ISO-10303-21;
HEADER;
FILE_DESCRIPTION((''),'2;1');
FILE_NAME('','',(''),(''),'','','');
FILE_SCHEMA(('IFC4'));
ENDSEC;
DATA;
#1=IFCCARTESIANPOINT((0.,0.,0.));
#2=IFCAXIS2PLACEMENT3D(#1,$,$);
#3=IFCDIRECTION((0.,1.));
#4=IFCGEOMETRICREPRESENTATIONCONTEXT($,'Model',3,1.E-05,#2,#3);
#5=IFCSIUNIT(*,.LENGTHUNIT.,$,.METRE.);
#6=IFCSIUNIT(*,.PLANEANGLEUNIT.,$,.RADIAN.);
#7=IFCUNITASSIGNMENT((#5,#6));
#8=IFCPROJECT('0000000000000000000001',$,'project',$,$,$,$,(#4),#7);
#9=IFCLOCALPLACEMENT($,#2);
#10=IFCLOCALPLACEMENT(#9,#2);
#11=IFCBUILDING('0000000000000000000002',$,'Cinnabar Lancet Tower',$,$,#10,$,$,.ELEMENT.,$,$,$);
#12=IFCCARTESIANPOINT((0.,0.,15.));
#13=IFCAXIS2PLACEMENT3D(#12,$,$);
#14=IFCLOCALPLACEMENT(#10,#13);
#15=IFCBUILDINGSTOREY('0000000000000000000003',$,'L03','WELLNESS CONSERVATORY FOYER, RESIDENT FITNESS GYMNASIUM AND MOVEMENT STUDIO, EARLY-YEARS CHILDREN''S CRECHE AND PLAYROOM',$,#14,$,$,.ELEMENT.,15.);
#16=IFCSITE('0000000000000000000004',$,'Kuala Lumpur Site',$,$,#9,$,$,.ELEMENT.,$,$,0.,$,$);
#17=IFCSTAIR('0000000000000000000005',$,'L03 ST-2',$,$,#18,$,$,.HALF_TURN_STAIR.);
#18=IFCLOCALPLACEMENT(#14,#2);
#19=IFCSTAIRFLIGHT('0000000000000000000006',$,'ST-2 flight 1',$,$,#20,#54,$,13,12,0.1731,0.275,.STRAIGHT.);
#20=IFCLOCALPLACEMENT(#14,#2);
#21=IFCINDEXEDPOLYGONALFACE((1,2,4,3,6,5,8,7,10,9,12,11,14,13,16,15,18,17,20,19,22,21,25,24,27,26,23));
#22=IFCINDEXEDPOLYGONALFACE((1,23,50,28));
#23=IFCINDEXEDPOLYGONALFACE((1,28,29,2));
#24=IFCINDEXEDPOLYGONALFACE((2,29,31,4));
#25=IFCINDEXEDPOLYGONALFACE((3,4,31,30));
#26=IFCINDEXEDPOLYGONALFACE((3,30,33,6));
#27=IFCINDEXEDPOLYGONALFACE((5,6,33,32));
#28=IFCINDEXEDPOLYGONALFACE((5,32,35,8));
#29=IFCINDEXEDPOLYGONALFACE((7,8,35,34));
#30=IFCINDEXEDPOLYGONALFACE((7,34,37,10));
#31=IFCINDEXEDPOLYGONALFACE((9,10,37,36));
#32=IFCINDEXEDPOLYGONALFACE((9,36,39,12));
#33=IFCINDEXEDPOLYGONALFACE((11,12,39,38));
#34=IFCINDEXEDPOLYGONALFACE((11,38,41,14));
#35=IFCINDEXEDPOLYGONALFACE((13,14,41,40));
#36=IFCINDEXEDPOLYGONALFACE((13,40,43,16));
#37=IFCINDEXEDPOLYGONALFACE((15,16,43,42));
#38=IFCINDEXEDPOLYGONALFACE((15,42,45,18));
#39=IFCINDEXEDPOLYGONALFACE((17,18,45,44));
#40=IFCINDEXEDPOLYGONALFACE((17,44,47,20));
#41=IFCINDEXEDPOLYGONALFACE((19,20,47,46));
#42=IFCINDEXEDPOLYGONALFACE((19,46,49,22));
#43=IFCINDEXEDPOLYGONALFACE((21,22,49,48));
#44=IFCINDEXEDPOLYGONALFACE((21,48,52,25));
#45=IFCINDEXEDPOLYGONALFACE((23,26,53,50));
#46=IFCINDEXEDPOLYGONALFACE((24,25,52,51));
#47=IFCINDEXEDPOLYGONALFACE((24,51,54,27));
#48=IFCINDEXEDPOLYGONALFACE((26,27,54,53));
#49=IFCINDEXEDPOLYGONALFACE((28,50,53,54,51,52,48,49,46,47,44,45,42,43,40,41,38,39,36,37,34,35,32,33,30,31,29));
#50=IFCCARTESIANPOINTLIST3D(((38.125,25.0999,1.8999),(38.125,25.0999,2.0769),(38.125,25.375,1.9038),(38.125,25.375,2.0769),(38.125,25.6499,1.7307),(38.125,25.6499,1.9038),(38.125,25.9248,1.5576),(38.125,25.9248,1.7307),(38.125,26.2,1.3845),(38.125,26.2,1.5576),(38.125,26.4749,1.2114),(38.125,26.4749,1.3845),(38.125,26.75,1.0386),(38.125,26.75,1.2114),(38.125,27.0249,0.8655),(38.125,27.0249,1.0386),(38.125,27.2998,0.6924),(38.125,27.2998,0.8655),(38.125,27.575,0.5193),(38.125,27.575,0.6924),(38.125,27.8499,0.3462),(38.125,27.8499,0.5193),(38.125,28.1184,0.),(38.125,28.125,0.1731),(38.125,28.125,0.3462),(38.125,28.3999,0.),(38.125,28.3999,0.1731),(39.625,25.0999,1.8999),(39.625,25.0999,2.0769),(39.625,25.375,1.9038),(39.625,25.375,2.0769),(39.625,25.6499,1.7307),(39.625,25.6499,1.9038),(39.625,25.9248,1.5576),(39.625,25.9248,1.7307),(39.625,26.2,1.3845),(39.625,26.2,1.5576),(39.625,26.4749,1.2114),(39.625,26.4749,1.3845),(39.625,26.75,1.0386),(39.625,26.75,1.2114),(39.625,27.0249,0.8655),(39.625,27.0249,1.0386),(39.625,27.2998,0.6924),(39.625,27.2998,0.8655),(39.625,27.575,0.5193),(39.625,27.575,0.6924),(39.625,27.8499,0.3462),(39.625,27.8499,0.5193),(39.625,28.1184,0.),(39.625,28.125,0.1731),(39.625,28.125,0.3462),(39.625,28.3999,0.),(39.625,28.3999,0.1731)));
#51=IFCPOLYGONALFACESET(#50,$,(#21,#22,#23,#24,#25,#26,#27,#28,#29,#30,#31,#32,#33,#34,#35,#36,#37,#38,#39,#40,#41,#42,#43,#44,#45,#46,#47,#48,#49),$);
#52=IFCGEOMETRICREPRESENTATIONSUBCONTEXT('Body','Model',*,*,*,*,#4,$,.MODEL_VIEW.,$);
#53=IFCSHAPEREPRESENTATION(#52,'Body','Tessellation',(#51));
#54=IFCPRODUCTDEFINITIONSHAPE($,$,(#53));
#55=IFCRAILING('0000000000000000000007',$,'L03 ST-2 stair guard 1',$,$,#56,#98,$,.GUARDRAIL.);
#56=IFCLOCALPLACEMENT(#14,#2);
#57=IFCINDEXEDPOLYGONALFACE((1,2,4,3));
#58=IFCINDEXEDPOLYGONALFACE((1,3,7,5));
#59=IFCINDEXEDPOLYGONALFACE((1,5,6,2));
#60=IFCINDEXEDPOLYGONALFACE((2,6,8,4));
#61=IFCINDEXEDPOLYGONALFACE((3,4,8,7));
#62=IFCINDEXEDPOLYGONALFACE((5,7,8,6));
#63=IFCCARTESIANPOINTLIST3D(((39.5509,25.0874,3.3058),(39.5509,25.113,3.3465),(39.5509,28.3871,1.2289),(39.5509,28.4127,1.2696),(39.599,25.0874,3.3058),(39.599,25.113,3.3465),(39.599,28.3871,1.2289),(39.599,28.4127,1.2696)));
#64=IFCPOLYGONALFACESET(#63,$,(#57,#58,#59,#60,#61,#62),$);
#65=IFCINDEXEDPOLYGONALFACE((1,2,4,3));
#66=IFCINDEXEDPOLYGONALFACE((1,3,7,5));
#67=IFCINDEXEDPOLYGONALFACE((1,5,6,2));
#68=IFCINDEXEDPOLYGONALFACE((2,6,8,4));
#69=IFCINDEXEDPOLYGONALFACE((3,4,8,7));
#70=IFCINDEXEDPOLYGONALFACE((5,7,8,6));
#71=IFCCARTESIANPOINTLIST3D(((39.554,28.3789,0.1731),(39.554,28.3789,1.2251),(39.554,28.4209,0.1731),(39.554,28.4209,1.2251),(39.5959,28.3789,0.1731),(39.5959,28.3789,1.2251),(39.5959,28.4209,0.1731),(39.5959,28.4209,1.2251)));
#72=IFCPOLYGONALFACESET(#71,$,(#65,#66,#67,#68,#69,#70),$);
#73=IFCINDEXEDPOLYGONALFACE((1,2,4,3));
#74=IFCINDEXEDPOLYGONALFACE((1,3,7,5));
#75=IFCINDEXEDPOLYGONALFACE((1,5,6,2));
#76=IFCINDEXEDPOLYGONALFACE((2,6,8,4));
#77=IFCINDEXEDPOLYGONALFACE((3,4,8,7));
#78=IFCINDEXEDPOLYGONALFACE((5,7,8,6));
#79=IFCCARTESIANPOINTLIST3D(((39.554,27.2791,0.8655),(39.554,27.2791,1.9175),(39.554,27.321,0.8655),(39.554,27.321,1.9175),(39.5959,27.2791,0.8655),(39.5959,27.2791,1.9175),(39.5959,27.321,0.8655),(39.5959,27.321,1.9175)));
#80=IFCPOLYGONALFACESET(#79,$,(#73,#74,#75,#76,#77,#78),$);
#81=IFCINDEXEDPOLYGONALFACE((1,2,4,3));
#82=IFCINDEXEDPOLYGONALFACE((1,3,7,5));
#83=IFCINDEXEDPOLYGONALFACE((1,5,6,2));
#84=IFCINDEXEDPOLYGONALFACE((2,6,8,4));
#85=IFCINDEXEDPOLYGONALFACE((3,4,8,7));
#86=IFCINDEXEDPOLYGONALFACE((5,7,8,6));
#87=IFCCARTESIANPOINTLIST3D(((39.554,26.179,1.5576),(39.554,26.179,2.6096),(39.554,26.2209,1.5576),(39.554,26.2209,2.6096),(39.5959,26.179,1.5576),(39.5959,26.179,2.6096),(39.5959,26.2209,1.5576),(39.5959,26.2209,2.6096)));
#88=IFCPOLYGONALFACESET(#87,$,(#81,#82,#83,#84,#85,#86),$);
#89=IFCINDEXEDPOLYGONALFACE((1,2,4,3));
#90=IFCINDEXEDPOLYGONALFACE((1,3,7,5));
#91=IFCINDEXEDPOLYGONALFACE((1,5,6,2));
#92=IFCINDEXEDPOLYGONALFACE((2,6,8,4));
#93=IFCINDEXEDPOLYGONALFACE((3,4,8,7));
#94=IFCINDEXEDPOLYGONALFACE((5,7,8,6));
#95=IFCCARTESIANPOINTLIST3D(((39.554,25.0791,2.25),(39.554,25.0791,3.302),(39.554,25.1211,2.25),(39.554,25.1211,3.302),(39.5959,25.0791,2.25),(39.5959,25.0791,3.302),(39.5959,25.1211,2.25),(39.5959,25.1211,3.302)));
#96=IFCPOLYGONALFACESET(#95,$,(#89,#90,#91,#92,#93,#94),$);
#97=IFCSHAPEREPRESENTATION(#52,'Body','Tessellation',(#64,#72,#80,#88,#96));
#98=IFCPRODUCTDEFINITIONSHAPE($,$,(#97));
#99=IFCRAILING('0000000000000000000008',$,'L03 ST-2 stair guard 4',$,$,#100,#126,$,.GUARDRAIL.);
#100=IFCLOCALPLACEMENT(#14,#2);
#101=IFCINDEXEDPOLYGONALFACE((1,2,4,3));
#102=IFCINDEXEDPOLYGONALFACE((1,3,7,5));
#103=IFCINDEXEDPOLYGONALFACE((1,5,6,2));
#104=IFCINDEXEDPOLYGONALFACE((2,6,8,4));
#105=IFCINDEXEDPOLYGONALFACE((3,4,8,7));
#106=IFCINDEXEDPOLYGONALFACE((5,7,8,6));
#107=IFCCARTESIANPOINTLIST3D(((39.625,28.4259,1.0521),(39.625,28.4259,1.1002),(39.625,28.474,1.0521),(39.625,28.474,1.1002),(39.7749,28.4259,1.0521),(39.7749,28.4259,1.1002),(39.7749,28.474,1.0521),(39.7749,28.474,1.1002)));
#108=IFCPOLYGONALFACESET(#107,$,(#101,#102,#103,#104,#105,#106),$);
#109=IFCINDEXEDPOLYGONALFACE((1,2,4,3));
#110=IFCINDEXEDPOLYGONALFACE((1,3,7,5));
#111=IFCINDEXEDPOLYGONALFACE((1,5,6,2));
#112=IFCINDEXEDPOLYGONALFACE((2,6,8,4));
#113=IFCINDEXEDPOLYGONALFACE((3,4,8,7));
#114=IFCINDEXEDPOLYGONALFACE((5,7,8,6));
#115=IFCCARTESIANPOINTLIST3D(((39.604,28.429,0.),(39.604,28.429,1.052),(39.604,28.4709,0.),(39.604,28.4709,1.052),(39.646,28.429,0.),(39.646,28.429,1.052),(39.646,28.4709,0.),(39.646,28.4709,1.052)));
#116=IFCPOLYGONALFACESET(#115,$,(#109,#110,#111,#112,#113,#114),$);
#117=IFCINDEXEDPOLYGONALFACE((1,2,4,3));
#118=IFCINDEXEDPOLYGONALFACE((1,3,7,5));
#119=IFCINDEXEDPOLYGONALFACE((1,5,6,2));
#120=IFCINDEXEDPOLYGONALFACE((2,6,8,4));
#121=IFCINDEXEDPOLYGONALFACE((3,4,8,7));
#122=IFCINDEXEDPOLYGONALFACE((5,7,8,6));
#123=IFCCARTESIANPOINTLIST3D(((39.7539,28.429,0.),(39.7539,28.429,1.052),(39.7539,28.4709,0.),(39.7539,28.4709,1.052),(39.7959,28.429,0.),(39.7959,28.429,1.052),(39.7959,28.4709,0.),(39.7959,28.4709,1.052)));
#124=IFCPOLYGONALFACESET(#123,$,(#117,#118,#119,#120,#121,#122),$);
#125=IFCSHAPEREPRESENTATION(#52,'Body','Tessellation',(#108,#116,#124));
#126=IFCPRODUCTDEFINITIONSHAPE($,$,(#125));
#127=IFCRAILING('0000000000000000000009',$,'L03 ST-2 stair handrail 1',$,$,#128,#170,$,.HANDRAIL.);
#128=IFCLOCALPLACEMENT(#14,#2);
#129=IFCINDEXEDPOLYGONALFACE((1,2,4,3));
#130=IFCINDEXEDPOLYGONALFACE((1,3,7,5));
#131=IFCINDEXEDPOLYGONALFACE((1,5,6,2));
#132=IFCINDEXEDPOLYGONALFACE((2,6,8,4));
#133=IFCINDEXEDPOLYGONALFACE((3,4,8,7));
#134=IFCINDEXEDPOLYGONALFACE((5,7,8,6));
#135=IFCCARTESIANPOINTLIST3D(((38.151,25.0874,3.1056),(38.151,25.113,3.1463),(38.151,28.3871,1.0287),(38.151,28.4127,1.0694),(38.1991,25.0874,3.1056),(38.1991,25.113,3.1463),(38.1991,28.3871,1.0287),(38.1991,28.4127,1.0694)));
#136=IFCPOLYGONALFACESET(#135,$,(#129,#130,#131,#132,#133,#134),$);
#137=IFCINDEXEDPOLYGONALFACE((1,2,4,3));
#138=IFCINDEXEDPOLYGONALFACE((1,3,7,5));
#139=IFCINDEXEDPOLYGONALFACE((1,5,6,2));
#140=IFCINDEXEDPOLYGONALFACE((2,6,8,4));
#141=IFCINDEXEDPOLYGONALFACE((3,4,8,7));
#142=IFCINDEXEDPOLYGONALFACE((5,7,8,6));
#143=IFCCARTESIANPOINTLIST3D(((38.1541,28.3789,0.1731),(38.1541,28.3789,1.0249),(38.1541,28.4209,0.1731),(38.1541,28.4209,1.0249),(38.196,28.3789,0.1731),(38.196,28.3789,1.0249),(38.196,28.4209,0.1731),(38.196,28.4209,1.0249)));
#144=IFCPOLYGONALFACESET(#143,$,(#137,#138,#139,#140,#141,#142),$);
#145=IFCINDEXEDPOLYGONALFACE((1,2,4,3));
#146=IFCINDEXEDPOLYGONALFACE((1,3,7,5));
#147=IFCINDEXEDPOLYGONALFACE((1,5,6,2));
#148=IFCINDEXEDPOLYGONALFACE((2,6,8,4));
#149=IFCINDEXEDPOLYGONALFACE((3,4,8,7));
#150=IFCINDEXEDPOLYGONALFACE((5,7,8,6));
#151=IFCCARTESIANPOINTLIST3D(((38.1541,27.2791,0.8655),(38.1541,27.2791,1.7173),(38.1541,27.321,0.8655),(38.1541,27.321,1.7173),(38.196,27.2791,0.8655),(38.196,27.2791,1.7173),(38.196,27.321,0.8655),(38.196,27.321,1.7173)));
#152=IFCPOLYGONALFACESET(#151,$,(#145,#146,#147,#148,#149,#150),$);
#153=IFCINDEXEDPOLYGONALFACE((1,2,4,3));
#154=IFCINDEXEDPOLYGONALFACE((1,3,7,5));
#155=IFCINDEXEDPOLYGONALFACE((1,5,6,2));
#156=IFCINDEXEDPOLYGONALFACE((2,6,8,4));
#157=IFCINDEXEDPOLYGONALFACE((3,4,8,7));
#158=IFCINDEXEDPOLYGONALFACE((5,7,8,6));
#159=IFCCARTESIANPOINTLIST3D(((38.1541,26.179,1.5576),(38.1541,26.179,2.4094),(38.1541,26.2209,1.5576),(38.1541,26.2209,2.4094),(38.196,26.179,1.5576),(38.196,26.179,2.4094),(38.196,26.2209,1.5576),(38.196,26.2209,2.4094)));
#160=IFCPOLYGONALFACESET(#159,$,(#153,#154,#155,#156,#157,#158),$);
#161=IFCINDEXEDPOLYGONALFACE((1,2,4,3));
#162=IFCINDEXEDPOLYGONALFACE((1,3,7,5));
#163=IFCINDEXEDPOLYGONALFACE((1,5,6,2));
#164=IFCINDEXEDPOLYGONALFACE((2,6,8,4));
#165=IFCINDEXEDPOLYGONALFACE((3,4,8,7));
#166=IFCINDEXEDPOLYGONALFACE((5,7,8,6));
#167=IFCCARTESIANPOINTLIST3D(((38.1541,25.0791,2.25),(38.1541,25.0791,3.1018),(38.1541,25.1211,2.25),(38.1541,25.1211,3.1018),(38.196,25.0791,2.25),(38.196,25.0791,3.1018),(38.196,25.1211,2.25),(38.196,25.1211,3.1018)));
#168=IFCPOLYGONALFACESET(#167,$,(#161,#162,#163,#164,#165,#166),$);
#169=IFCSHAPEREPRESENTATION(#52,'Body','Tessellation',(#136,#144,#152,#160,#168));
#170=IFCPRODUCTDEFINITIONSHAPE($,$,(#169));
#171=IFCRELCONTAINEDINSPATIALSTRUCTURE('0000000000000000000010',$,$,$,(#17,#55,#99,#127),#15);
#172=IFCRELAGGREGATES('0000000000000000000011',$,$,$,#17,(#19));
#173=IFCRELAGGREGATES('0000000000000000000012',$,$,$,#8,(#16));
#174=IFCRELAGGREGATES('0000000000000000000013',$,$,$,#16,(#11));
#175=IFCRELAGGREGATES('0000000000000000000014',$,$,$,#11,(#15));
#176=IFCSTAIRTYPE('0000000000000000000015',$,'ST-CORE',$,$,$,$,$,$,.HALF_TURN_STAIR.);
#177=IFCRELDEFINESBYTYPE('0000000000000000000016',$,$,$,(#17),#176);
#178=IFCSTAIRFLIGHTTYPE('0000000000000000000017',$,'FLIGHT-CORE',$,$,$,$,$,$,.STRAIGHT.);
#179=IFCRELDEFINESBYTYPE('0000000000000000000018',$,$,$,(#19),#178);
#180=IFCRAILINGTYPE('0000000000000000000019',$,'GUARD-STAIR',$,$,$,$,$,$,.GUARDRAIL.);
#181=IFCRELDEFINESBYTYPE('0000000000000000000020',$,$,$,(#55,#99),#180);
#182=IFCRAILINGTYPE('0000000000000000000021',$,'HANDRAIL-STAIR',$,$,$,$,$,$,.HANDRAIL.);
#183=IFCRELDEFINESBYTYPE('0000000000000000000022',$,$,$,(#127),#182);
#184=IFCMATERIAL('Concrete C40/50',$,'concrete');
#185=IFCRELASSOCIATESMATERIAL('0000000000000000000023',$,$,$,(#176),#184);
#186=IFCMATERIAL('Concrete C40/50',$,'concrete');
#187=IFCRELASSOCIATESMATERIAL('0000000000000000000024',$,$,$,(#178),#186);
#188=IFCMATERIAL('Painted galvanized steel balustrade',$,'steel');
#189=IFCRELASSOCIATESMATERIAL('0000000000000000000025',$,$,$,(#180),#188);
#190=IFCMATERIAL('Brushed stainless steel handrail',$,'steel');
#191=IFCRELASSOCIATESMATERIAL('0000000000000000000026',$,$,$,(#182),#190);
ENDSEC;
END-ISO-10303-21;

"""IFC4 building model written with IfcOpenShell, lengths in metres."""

from ifc_helpers import new_model, si_unit, direction, frame, origin, origin_2d, place, context, subcontext, project, spatial, polyline, rectangle, outline, extrude, material, type_object, element, aggregate, save


model = new_model("IFC4")

# Units and contexts
model_context = context("Model", 3, precision=1e-05, world=origin(), true_north=direction((0.0, 1.0)))
body_context = subcontext(model_context, "Body", "Model", "MODEL_VIEW")
ifc_project = project(units=[si_unit("LENGTHUNIT", "METRE"), si_unit("PLANEANGLEUNIT", "RADIAN")], contexts=[model_context])

# Site, building, storey
site_placement = place(None, origin())
site = spatial("IfcSite", under=ifc_project, at=site_placement, Name="Kuala Lumpur Site", CompositionType="ELEMENT", RefElevation=0.0)
building_placement = place(site_placement, origin())
building = spatial("IfcBuilding", under=site, at=building_placement, Name="Cinnabar Lancet Tower", CompositionType="ELEMENT")
storey_placement = place(building_placement, frame((0.0, 0.0, 15.0)))
storey = spatial("IfcBuildingStorey", under=building, at=storey_placement, Name="L03", Description="WELLNESS CONSERVATORY FOYER, RESIDENT FITNESS GYMNASIUM AND MOVEMENT STUDIO, EARLY-YEARS CHILDREN'S CRECHE AND PLAYROOM", CompositionType="ELEMENT", Elevation=15.0)

# Stair, stair flight
ifc_material_1 = material(Name="Concrete C40/50", Category="concrete")
stair_type = type_object("IfcStairType", Name="ST-CORE", PredefinedType="HALF_TURN_STAIR", material=ifc_material_1)
stair_placement = place(storey_placement, origin())
stair = element("IfcStair", 1, at=stair_placement, inside=storey, type_object=stair_type, Name="L03 ST-2", PredefinedType="HALF_TURN_STAIR")
ifc_material_2 = material(Name="Concrete C40/50", Category="concrete")
stair_flight_type = type_object("IfcStairFlightType", Name="FLIGHT-CORE", PredefinedType="STRAIGHT", material=ifc_material_2)
stair_flight_placement = place(storey_placement, frame((38.875, 28.3999, 0.0), z_axis=(0.0, 0.0, 1.0), x_axis=(0.0, -1.0, 0.0)))
stair_flight = element("IfcStairFlight", 2, at=stair_flight_placement, type_object=stair_flight_type, Name="ST-2 flight 1", NumberOfRisers=13, NumberOfTreads=12, PredefinedType="STRAIGHT", RiserHeight=0.1731, TreadLength=0.275, context=body_context, shape_type="SweptSolid", body=[
    extrude(outline(polyline([(0.0, 0.0), (0.0, 0.1731), (0.2749, 0.1731), (0.2749, 0.3462), (0.55, 0.3462), (0.55, 0.5193), (0.825, 0.5193), (0.825, 0.6924), (1.1001, 0.6924), (1.1001, 0.8655), (1.375, 0.8655), (1.375, 1.0386), (1.6499, 1.0386), (1.6499, 1.2114), (1.925, 1.2114), (1.925, 1.3845), (2.2, 1.3845), (2.2, 1.5576), (2.4751, 1.5576), (2.4751, 1.7307), (2.75, 1.7307), (2.75, 1.9038), (3.0249, 1.9038), (3.0249, 2.0769), (3.3, 2.0769), (3.3, 2.25), (3.3, 1.8999), (0.2815, 0.0), (0.0, 0.0)])), frame((0.0, 0.75, 0.0), z_axis=(0.0, -1.0, 0.0), x_axis=(1.0, 0.0, 0.0)), (0.0, 0.0, 1.0), 1.5),
])
aggregate(stair, [stair_flight])

# Railings
ifc_material_3 = material(Name="Painted galvanized steel balustrade", Category="steel")
railing_type_1 = type_object("IfcRailingType", Name="GUARD-STAIR", PredefinedType="GUARDRAIL", material=ifc_material_3)
railing_1_placement = place(storey_placement, frame((39.575, 28.3999, 0.1731)))
element("IfcRailing", 3, at=railing_1_placement, inside=storey, type_object=railing_type_1, Name="L03 ST-2 stair guard 1", PredefinedType="GUARDRAIL", context=body_context, shape_type="SweptSolid", body=[
    extrude(rectangle(XDim=0.0481, YDim=0.0481, at=origin_2d()), frame((0.0, 0.0, 1.0762), z_axis=(0.0, -0.84632, 0.532675), x_axis=(1.0, 0.0, 0.0)), (0.0, 0.0, 1.0), 3.8989),
    extrude(rectangle(XDim=0.042, YDim=0.042, at=origin_2d()), origin(), (0.0, 0.0, 1.0), 1.052),
    extrude(rectangle(XDim=0.042, YDim=0.042, at=origin_2d()), frame((0.0, -1.0999, 0.6924)), (0.0, 0.0, 1.0), 1.052),
    extrude(rectangle(XDim=0.042, YDim=0.042, at=origin_2d()), frame((0.0, -2.2, 1.3845)), (0.0, 0.0, 1.0), 1.052),
    extrude(rectangle(XDim=0.042, YDim=0.042, at=origin_2d()), frame((0.0, -3.2998, 2.0769)), (0.0, 0.0, 1.0), 1.052),
])
railing_2_placement = place(storey_placement, frame((39.625, 28.45, 0.0)))
element("IfcRailing", 4, at=railing_2_placement, inside=storey, type_object=railing_type_1, Name="L03 ST-2 stair guard 4", PredefinedType="GUARDRAIL", context=body_context, shape_type="SweptSolid", body=[
    extrude(rectangle(XDim=0.0481, YDim=0.0481, at=origin_2d()), frame((0.0, 0.0, 1.0762), z_axis=(1.0, 0.0, 0.0), x_axis=(0.0, 1.0, 0.0)), (0.0, 0.0, 1.0), 0.1499),
    extrude(rectangle(XDim=0.042, YDim=0.042, at=origin_2d()), origin(), (0.0, 0.0, 1.0), 1.052),
    extrude(rectangle(XDim=0.042, YDim=0.042, at=origin_2d()), frame((0.1499, 0.0, 0.0)), (0.0, 0.0, 1.0), 1.052),
])
ifc_material_4 = material(Name="Brushed stainless steel handrail", Category="steel")
railing_type_2 = type_object("IfcRailingType", Name="HANDRAIL-STAIR", PredefinedType="HANDRAIL", material=ifc_material_4)
railing_3_placement = place(storey_placement, frame((38.175, 28.3999, 0.1731)))
element("IfcRailing", 5, at=railing_3_placement, inside=storey, type_object=railing_type_2, Name="L03 ST-2 stair handrail 1", PredefinedType="HANDRAIL", context=body_context, shape_type="SweptSolid", body=[
    extrude(rectangle(XDim=0.0481, YDim=0.0481, at=origin_2d()), frame((0.0, 0.0, 0.876), z_axis=(0.0, -0.84632, 0.532675), x_axis=(1.0, 0.0, 0.0)), (0.0, 0.0, 1.0), 3.8989),
    extrude(rectangle(XDim=0.042, YDim=0.042, at=origin_2d()), origin(), (0.0, 0.0, 1.0), 0.8518),
    extrude(rectangle(XDim=0.042, YDim=0.042, at=origin_2d()), frame((0.0, -1.0999, 0.6924)), (0.0, 0.0, 1.0), 0.8518),
    extrude(rectangle(XDim=0.042, YDim=0.042, at=origin_2d()), frame((0.0, -2.2, 1.3845)), (0.0, 0.0, 1.0), 0.8518),
    extrude(rectangle(XDim=0.042, YDim=0.042, at=origin_2d()), frame((0.0, -3.2998, 2.0769)), (0.0, 0.0, 1.0), 0.8518),
])

save(model, "model.ifc")
